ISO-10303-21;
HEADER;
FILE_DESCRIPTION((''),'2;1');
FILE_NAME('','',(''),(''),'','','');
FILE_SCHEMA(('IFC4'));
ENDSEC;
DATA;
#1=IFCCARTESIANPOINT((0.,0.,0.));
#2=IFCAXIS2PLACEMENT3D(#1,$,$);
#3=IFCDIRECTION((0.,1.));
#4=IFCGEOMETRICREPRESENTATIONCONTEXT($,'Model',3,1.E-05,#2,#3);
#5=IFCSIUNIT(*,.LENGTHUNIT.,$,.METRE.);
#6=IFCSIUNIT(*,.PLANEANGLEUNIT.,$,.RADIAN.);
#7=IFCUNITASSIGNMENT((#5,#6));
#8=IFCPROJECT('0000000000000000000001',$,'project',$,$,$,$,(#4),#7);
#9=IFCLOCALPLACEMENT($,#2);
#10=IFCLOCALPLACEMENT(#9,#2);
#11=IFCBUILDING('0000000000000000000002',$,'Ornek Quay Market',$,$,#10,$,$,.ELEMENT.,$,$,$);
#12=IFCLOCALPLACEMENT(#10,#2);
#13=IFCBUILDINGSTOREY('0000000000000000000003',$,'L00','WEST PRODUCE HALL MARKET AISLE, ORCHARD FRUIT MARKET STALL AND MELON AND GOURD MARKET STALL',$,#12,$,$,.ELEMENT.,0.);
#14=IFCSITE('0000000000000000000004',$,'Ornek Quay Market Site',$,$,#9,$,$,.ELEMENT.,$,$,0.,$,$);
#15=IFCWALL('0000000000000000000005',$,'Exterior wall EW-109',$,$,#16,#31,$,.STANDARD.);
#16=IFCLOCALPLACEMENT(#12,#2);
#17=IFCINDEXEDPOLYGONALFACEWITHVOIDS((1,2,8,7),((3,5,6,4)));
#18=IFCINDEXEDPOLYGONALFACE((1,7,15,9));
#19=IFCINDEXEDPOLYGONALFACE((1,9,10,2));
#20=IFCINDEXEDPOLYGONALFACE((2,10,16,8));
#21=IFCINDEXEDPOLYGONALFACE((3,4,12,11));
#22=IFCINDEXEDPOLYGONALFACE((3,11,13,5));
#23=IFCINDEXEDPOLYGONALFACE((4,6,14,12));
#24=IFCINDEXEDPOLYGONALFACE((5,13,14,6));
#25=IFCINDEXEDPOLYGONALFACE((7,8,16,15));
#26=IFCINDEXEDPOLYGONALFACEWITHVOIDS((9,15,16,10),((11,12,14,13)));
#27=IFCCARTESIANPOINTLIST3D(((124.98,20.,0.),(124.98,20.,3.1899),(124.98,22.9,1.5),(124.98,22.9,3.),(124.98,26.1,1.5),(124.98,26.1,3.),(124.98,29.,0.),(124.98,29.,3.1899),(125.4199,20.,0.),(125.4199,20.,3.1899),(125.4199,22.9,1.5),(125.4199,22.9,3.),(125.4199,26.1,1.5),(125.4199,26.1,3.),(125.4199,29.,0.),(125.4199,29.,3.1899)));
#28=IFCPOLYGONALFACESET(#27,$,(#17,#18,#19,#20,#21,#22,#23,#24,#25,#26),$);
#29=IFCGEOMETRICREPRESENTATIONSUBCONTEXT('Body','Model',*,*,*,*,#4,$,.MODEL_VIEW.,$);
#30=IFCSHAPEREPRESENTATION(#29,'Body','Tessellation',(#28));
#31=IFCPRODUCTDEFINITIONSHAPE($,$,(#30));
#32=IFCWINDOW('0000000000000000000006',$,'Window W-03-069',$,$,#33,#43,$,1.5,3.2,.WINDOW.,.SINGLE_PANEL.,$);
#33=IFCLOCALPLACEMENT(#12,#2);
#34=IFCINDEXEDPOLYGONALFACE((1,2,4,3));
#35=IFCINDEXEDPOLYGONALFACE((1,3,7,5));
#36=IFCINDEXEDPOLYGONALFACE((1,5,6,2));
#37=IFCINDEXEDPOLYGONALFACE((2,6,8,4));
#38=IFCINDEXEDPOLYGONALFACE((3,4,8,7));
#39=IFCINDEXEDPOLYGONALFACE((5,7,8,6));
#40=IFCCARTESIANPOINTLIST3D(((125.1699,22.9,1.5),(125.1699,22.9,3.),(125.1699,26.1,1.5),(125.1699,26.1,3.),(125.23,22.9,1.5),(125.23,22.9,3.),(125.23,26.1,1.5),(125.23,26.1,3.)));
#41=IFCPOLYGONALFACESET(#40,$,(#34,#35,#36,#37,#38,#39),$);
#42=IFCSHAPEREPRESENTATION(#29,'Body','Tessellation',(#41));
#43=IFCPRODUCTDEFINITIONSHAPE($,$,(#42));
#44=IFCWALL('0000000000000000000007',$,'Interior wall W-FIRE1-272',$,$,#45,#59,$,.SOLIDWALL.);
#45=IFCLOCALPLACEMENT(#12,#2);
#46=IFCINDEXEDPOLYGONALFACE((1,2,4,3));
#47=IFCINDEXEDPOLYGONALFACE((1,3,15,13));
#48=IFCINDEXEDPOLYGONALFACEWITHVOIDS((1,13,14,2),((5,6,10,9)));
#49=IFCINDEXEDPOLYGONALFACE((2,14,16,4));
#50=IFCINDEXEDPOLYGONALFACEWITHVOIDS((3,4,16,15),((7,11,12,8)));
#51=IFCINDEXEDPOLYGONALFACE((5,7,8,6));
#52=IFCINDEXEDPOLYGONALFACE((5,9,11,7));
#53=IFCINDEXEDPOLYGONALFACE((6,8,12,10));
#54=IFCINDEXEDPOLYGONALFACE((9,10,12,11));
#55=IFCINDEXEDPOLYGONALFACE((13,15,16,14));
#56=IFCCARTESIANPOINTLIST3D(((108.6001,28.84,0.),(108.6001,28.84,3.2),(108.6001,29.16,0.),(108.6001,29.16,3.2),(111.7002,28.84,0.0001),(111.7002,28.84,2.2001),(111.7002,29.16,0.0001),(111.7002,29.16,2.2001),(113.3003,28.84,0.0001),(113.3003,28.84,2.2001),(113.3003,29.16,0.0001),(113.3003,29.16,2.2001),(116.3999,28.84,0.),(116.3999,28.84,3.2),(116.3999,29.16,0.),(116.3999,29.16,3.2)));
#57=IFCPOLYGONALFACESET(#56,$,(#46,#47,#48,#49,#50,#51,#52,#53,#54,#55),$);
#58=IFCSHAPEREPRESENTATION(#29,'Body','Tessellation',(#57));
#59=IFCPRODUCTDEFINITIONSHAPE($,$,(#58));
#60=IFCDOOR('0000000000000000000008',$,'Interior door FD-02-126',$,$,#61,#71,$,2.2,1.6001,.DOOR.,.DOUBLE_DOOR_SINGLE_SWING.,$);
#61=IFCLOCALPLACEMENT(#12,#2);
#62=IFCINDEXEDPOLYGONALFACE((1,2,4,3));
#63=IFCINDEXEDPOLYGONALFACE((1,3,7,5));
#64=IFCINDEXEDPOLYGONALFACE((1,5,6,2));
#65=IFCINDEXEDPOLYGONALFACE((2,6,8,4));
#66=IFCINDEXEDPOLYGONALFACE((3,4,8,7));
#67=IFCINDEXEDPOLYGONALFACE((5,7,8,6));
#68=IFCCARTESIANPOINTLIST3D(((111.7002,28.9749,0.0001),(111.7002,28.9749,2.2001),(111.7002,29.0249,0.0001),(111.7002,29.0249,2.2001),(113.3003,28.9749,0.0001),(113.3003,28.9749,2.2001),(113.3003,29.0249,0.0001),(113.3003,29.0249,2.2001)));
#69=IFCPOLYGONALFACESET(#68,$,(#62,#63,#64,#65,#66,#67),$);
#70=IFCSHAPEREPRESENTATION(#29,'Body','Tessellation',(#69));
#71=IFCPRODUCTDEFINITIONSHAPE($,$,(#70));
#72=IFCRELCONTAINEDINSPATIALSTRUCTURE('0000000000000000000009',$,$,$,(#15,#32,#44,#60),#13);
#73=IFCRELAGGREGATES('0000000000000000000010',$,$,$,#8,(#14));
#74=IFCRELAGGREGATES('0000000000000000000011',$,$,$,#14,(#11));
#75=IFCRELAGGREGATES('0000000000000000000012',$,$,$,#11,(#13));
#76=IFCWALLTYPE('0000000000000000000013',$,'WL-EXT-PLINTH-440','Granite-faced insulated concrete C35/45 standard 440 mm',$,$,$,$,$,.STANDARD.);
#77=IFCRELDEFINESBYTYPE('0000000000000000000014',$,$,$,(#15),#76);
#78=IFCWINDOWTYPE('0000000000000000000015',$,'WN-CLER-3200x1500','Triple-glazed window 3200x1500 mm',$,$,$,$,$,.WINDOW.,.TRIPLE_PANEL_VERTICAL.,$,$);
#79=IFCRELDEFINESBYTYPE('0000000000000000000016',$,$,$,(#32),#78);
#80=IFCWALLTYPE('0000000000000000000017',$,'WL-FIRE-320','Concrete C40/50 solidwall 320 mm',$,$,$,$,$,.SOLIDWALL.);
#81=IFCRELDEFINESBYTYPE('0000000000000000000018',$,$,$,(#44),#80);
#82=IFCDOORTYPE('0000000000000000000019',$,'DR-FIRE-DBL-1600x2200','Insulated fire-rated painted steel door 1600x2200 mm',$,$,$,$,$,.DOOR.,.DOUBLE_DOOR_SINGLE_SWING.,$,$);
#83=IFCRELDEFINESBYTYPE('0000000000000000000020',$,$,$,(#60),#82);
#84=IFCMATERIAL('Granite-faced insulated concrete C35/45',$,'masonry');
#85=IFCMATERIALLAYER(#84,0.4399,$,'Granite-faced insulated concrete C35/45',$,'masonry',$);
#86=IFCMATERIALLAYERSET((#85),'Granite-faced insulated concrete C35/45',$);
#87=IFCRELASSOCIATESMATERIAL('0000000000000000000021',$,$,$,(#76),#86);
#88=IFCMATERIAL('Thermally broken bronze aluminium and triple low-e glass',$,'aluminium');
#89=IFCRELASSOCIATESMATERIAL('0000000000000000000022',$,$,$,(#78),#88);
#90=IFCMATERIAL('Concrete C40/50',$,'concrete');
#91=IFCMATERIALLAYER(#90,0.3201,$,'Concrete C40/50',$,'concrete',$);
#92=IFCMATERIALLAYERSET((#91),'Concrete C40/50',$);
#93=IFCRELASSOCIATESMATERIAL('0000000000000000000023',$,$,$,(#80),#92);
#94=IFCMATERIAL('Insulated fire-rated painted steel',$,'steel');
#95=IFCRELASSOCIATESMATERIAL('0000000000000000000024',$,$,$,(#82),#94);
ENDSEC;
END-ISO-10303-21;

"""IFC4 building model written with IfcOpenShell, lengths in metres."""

from ifc_helpers import new_model, si_unit, direction, frame, frame_2d, origin, place, context, subcontext, project, spatial, rectangle, extrude, material, layer, layer_set, type_object, element, fill, save


model = new_model("IFC4")

# Units and contexts
model_context = context("Model", 3, precision=1e-05, world=origin(), true_north=direction((0.0, 1.0)))
body_context = subcontext(model_context, "Body", "Model", "MODEL_VIEW")
ifc_project = project(units=[si_unit("LENGTHUNIT", "METRE"), si_unit("PLANEANGLEUNIT", "RADIAN")], contexts=[model_context])

# Site, building, storey
site_placement = place(None, origin())
site = spatial("IfcSite", under=ifc_project, at=site_placement, Name="Ornek Quay Market Site", CompositionType="ELEMENT", RefElevation=0.0)
building_placement = place(site_placement, origin())
building = spatial("IfcBuilding", under=site, at=building_placement, Name="Ornek Quay Market", CompositionType="ELEMENT")
storey_placement = place(building_placement, origin())
storey = spatial("IfcBuildingStorey", under=building, at=storey_placement, Name="L00", Description="WEST PRODUCE HALL MARKET AISLE, ORCHARD FRUIT MARKET STALL AND MELON AND GOURD MARKET STALL", CompositionType="ELEMENT", Elevation=0.0)

# Shared definitions
ifc_material_1 = material(Name="Concrete C40/50", Category="concrete")

# Wall, opening, window
ifc_material_2 = material(Name="Granite-faced insulated concrete C35/45", Category="masonry")
ifc_layer_1 = layer(ifc_material_2, 0.4399, Name="Granite-faced insulated concrete C35/45", Category="masonry")
ifc_layer_set_1 = layer_set([ifc_layer_1], Name="Granite-faced insulated concrete C35/45")
wall_type_1 = type_object("IfcWallType", Name="WL-EXT-PLINTH-440", Description="Granite-faced insulated concrete C35/45 standard 440 mm", PredefinedType="STANDARD", material=ifc_layer_set_1)
wall_1_placement = place(storey_placement, frame((125.2, 20.0, 0.0), z_axis=(0.0, 0.0, 1.0), x_axis=(0.0, 1.0, 0.0)))
wall_1 = element("IfcWall", 1, at=wall_1_placement, inside=storey, type_object=wall_type_1, Name="Exterior wall EW-109", PredefinedType="STANDARD", context=body_context, shape_type="SweptSolid", body=[
    extrude(rectangle(XDim=9.0, YDim=0.4399, at=frame_2d((4.5, 0.0))), origin(), (0.0, 0.0, 1.0), 3.1899),
])
opening_1_placement = place(wall_1_placement, frame((2.8999, 0.0, 1.5)))
opening_1 = element("IfcOpeningElement", 2, at=opening_1_placement, cuts=wall_1, PredefinedType="OPENING", context=body_context, shape_type="SweptSolid", body=[
    extrude(rectangle(XDim=3.2, YDim=1.5, at=frame_2d((1.6001, 0.75))), frame((0.0, 0.23, 0.0), z_axis=(0.0, -1.0, 0.0), x_axis=(1.0, 0.0, 0.0)), (0.0, 0.0, 1.0), 0.46),
])
ifc_material_3 = material(Name="Thermally broken bronze aluminium and triple low-e glass", Category="aluminium")
window_type = type_object("IfcWindowType", Name="WN-CLER-3200x1500", Description="Triple-glazed window 3200x1500 mm", PartitioningType="TRIPLE_PANEL_VERTICAL", PredefinedType="WINDOW", material=ifc_material_3)
window_placement = place(opening_1_placement, origin())
window = element("IfcWindow", 3, at=window_placement, inside=storey, type_object=window_type, Name="Window W-03-069", OverallHeight=1.5, OverallWidth=3.2, PartitioningType="SINGLE_PANEL", PredefinedType="WINDOW", context=body_context, shape_type="SweptSolid", body=[
    extrude(rectangle(XDim=3.2, YDim=1.5, at=frame_2d((1.6001, 0.75))), frame((0.0, 0.03, 0.0), z_axis=(0.0, -1.0, 0.0), x_axis=(1.0, 0.0, 0.0)), (0.0, 0.0, 1.0), 0.0601),
])
fill(opening_1, window)

# Wall, opening, door
ifc_layer_2 = layer(ifc_material_1, 0.3201, Name="Concrete C40/50", Category="concrete")
ifc_layer_set_2 = layer_set([ifc_layer_2], Name="Concrete C40/50")
wall_type_2 = type_object("IfcWallType", Name="WL-FIRE-320", Description="Concrete C40/50 solidwall 320 mm", PredefinedType="SOLIDWALL", material=ifc_layer_set_2)
wall_2_placement = place(storey_placement, frame((108.6001, 29.0, 0.0), z_axis=(0.0, 0.0, 1.0), x_axis=(1.0, 0.0, 0.0)))
wall_2 = element("IfcWall", 4, at=wall_2_placement, inside=storey, type_object=wall_type_2, Name="Interior wall W-FIRE1-272", PredefinedType="SOLIDWALL", context=body_context, shape_type="SweptSolid", body=[
    extrude(rectangle(XDim=7.7998, YDim=0.3201, at=frame_2d((3.8999, 0.0))), origin(), (0.0, 0.0, 1.0), 3.2),
])
opening_2_placement = place(wall_2_placement, frame((3.1001, 0.0, 0.0)))
opening_2 = element("IfcOpeningElement", 5, at=opening_2_placement, cuts=wall_2, PredefinedType="OPENING", context=body_context, shape_type="SweptSolid", body=[
    extrude(rectangle(XDim=1.6001, YDim=2.2, at=frame_2d((0.8, 1.1001))), frame((0.0, 0.1699, 0.0), z_axis=(0.0, -1.0, 0.0), x_axis=(1.0, 0.0, 0.0)), (0.0, 0.0, 1.0), 0.3401),
])
ifc_material_4 = material(Name="Insulated fire-rated painted steel", Category="steel")
door_type = type_object("IfcDoorType", Name="DR-FIRE-DBL-1600x2200", Description="Insulated fire-rated painted steel door 1600x2200 mm", OperationType="DOUBLE_DOOR_SINGLE_SWING", PredefinedType="DOOR", material=ifc_material_4)
door_placement = place(opening_2_placement, origin())
door = element("IfcDoor", 6, at=door_placement, inside=storey, type_object=door_type, Name="Interior door FD-02-126", OperationType="DOUBLE_DOOR_SINGLE_SWING", OverallHeight=2.2, OverallWidth=1.6001, PredefinedType="DOOR", context=body_context, shape_type="SweptSolid", body=[
    extrude(rectangle(XDim=1.6001, YDim=2.2, at=frame_2d((0.8, 1.1001))), frame((0.0, 0.0249, 0.0), z_axis=(0.0, -1.0, 0.0), x_axis=(1.0, 0.0, 0.0)), (0.0, 0.0, 1.0), 0.05),
])
fill(opening_2, door)

save(model, "model.ifc")
